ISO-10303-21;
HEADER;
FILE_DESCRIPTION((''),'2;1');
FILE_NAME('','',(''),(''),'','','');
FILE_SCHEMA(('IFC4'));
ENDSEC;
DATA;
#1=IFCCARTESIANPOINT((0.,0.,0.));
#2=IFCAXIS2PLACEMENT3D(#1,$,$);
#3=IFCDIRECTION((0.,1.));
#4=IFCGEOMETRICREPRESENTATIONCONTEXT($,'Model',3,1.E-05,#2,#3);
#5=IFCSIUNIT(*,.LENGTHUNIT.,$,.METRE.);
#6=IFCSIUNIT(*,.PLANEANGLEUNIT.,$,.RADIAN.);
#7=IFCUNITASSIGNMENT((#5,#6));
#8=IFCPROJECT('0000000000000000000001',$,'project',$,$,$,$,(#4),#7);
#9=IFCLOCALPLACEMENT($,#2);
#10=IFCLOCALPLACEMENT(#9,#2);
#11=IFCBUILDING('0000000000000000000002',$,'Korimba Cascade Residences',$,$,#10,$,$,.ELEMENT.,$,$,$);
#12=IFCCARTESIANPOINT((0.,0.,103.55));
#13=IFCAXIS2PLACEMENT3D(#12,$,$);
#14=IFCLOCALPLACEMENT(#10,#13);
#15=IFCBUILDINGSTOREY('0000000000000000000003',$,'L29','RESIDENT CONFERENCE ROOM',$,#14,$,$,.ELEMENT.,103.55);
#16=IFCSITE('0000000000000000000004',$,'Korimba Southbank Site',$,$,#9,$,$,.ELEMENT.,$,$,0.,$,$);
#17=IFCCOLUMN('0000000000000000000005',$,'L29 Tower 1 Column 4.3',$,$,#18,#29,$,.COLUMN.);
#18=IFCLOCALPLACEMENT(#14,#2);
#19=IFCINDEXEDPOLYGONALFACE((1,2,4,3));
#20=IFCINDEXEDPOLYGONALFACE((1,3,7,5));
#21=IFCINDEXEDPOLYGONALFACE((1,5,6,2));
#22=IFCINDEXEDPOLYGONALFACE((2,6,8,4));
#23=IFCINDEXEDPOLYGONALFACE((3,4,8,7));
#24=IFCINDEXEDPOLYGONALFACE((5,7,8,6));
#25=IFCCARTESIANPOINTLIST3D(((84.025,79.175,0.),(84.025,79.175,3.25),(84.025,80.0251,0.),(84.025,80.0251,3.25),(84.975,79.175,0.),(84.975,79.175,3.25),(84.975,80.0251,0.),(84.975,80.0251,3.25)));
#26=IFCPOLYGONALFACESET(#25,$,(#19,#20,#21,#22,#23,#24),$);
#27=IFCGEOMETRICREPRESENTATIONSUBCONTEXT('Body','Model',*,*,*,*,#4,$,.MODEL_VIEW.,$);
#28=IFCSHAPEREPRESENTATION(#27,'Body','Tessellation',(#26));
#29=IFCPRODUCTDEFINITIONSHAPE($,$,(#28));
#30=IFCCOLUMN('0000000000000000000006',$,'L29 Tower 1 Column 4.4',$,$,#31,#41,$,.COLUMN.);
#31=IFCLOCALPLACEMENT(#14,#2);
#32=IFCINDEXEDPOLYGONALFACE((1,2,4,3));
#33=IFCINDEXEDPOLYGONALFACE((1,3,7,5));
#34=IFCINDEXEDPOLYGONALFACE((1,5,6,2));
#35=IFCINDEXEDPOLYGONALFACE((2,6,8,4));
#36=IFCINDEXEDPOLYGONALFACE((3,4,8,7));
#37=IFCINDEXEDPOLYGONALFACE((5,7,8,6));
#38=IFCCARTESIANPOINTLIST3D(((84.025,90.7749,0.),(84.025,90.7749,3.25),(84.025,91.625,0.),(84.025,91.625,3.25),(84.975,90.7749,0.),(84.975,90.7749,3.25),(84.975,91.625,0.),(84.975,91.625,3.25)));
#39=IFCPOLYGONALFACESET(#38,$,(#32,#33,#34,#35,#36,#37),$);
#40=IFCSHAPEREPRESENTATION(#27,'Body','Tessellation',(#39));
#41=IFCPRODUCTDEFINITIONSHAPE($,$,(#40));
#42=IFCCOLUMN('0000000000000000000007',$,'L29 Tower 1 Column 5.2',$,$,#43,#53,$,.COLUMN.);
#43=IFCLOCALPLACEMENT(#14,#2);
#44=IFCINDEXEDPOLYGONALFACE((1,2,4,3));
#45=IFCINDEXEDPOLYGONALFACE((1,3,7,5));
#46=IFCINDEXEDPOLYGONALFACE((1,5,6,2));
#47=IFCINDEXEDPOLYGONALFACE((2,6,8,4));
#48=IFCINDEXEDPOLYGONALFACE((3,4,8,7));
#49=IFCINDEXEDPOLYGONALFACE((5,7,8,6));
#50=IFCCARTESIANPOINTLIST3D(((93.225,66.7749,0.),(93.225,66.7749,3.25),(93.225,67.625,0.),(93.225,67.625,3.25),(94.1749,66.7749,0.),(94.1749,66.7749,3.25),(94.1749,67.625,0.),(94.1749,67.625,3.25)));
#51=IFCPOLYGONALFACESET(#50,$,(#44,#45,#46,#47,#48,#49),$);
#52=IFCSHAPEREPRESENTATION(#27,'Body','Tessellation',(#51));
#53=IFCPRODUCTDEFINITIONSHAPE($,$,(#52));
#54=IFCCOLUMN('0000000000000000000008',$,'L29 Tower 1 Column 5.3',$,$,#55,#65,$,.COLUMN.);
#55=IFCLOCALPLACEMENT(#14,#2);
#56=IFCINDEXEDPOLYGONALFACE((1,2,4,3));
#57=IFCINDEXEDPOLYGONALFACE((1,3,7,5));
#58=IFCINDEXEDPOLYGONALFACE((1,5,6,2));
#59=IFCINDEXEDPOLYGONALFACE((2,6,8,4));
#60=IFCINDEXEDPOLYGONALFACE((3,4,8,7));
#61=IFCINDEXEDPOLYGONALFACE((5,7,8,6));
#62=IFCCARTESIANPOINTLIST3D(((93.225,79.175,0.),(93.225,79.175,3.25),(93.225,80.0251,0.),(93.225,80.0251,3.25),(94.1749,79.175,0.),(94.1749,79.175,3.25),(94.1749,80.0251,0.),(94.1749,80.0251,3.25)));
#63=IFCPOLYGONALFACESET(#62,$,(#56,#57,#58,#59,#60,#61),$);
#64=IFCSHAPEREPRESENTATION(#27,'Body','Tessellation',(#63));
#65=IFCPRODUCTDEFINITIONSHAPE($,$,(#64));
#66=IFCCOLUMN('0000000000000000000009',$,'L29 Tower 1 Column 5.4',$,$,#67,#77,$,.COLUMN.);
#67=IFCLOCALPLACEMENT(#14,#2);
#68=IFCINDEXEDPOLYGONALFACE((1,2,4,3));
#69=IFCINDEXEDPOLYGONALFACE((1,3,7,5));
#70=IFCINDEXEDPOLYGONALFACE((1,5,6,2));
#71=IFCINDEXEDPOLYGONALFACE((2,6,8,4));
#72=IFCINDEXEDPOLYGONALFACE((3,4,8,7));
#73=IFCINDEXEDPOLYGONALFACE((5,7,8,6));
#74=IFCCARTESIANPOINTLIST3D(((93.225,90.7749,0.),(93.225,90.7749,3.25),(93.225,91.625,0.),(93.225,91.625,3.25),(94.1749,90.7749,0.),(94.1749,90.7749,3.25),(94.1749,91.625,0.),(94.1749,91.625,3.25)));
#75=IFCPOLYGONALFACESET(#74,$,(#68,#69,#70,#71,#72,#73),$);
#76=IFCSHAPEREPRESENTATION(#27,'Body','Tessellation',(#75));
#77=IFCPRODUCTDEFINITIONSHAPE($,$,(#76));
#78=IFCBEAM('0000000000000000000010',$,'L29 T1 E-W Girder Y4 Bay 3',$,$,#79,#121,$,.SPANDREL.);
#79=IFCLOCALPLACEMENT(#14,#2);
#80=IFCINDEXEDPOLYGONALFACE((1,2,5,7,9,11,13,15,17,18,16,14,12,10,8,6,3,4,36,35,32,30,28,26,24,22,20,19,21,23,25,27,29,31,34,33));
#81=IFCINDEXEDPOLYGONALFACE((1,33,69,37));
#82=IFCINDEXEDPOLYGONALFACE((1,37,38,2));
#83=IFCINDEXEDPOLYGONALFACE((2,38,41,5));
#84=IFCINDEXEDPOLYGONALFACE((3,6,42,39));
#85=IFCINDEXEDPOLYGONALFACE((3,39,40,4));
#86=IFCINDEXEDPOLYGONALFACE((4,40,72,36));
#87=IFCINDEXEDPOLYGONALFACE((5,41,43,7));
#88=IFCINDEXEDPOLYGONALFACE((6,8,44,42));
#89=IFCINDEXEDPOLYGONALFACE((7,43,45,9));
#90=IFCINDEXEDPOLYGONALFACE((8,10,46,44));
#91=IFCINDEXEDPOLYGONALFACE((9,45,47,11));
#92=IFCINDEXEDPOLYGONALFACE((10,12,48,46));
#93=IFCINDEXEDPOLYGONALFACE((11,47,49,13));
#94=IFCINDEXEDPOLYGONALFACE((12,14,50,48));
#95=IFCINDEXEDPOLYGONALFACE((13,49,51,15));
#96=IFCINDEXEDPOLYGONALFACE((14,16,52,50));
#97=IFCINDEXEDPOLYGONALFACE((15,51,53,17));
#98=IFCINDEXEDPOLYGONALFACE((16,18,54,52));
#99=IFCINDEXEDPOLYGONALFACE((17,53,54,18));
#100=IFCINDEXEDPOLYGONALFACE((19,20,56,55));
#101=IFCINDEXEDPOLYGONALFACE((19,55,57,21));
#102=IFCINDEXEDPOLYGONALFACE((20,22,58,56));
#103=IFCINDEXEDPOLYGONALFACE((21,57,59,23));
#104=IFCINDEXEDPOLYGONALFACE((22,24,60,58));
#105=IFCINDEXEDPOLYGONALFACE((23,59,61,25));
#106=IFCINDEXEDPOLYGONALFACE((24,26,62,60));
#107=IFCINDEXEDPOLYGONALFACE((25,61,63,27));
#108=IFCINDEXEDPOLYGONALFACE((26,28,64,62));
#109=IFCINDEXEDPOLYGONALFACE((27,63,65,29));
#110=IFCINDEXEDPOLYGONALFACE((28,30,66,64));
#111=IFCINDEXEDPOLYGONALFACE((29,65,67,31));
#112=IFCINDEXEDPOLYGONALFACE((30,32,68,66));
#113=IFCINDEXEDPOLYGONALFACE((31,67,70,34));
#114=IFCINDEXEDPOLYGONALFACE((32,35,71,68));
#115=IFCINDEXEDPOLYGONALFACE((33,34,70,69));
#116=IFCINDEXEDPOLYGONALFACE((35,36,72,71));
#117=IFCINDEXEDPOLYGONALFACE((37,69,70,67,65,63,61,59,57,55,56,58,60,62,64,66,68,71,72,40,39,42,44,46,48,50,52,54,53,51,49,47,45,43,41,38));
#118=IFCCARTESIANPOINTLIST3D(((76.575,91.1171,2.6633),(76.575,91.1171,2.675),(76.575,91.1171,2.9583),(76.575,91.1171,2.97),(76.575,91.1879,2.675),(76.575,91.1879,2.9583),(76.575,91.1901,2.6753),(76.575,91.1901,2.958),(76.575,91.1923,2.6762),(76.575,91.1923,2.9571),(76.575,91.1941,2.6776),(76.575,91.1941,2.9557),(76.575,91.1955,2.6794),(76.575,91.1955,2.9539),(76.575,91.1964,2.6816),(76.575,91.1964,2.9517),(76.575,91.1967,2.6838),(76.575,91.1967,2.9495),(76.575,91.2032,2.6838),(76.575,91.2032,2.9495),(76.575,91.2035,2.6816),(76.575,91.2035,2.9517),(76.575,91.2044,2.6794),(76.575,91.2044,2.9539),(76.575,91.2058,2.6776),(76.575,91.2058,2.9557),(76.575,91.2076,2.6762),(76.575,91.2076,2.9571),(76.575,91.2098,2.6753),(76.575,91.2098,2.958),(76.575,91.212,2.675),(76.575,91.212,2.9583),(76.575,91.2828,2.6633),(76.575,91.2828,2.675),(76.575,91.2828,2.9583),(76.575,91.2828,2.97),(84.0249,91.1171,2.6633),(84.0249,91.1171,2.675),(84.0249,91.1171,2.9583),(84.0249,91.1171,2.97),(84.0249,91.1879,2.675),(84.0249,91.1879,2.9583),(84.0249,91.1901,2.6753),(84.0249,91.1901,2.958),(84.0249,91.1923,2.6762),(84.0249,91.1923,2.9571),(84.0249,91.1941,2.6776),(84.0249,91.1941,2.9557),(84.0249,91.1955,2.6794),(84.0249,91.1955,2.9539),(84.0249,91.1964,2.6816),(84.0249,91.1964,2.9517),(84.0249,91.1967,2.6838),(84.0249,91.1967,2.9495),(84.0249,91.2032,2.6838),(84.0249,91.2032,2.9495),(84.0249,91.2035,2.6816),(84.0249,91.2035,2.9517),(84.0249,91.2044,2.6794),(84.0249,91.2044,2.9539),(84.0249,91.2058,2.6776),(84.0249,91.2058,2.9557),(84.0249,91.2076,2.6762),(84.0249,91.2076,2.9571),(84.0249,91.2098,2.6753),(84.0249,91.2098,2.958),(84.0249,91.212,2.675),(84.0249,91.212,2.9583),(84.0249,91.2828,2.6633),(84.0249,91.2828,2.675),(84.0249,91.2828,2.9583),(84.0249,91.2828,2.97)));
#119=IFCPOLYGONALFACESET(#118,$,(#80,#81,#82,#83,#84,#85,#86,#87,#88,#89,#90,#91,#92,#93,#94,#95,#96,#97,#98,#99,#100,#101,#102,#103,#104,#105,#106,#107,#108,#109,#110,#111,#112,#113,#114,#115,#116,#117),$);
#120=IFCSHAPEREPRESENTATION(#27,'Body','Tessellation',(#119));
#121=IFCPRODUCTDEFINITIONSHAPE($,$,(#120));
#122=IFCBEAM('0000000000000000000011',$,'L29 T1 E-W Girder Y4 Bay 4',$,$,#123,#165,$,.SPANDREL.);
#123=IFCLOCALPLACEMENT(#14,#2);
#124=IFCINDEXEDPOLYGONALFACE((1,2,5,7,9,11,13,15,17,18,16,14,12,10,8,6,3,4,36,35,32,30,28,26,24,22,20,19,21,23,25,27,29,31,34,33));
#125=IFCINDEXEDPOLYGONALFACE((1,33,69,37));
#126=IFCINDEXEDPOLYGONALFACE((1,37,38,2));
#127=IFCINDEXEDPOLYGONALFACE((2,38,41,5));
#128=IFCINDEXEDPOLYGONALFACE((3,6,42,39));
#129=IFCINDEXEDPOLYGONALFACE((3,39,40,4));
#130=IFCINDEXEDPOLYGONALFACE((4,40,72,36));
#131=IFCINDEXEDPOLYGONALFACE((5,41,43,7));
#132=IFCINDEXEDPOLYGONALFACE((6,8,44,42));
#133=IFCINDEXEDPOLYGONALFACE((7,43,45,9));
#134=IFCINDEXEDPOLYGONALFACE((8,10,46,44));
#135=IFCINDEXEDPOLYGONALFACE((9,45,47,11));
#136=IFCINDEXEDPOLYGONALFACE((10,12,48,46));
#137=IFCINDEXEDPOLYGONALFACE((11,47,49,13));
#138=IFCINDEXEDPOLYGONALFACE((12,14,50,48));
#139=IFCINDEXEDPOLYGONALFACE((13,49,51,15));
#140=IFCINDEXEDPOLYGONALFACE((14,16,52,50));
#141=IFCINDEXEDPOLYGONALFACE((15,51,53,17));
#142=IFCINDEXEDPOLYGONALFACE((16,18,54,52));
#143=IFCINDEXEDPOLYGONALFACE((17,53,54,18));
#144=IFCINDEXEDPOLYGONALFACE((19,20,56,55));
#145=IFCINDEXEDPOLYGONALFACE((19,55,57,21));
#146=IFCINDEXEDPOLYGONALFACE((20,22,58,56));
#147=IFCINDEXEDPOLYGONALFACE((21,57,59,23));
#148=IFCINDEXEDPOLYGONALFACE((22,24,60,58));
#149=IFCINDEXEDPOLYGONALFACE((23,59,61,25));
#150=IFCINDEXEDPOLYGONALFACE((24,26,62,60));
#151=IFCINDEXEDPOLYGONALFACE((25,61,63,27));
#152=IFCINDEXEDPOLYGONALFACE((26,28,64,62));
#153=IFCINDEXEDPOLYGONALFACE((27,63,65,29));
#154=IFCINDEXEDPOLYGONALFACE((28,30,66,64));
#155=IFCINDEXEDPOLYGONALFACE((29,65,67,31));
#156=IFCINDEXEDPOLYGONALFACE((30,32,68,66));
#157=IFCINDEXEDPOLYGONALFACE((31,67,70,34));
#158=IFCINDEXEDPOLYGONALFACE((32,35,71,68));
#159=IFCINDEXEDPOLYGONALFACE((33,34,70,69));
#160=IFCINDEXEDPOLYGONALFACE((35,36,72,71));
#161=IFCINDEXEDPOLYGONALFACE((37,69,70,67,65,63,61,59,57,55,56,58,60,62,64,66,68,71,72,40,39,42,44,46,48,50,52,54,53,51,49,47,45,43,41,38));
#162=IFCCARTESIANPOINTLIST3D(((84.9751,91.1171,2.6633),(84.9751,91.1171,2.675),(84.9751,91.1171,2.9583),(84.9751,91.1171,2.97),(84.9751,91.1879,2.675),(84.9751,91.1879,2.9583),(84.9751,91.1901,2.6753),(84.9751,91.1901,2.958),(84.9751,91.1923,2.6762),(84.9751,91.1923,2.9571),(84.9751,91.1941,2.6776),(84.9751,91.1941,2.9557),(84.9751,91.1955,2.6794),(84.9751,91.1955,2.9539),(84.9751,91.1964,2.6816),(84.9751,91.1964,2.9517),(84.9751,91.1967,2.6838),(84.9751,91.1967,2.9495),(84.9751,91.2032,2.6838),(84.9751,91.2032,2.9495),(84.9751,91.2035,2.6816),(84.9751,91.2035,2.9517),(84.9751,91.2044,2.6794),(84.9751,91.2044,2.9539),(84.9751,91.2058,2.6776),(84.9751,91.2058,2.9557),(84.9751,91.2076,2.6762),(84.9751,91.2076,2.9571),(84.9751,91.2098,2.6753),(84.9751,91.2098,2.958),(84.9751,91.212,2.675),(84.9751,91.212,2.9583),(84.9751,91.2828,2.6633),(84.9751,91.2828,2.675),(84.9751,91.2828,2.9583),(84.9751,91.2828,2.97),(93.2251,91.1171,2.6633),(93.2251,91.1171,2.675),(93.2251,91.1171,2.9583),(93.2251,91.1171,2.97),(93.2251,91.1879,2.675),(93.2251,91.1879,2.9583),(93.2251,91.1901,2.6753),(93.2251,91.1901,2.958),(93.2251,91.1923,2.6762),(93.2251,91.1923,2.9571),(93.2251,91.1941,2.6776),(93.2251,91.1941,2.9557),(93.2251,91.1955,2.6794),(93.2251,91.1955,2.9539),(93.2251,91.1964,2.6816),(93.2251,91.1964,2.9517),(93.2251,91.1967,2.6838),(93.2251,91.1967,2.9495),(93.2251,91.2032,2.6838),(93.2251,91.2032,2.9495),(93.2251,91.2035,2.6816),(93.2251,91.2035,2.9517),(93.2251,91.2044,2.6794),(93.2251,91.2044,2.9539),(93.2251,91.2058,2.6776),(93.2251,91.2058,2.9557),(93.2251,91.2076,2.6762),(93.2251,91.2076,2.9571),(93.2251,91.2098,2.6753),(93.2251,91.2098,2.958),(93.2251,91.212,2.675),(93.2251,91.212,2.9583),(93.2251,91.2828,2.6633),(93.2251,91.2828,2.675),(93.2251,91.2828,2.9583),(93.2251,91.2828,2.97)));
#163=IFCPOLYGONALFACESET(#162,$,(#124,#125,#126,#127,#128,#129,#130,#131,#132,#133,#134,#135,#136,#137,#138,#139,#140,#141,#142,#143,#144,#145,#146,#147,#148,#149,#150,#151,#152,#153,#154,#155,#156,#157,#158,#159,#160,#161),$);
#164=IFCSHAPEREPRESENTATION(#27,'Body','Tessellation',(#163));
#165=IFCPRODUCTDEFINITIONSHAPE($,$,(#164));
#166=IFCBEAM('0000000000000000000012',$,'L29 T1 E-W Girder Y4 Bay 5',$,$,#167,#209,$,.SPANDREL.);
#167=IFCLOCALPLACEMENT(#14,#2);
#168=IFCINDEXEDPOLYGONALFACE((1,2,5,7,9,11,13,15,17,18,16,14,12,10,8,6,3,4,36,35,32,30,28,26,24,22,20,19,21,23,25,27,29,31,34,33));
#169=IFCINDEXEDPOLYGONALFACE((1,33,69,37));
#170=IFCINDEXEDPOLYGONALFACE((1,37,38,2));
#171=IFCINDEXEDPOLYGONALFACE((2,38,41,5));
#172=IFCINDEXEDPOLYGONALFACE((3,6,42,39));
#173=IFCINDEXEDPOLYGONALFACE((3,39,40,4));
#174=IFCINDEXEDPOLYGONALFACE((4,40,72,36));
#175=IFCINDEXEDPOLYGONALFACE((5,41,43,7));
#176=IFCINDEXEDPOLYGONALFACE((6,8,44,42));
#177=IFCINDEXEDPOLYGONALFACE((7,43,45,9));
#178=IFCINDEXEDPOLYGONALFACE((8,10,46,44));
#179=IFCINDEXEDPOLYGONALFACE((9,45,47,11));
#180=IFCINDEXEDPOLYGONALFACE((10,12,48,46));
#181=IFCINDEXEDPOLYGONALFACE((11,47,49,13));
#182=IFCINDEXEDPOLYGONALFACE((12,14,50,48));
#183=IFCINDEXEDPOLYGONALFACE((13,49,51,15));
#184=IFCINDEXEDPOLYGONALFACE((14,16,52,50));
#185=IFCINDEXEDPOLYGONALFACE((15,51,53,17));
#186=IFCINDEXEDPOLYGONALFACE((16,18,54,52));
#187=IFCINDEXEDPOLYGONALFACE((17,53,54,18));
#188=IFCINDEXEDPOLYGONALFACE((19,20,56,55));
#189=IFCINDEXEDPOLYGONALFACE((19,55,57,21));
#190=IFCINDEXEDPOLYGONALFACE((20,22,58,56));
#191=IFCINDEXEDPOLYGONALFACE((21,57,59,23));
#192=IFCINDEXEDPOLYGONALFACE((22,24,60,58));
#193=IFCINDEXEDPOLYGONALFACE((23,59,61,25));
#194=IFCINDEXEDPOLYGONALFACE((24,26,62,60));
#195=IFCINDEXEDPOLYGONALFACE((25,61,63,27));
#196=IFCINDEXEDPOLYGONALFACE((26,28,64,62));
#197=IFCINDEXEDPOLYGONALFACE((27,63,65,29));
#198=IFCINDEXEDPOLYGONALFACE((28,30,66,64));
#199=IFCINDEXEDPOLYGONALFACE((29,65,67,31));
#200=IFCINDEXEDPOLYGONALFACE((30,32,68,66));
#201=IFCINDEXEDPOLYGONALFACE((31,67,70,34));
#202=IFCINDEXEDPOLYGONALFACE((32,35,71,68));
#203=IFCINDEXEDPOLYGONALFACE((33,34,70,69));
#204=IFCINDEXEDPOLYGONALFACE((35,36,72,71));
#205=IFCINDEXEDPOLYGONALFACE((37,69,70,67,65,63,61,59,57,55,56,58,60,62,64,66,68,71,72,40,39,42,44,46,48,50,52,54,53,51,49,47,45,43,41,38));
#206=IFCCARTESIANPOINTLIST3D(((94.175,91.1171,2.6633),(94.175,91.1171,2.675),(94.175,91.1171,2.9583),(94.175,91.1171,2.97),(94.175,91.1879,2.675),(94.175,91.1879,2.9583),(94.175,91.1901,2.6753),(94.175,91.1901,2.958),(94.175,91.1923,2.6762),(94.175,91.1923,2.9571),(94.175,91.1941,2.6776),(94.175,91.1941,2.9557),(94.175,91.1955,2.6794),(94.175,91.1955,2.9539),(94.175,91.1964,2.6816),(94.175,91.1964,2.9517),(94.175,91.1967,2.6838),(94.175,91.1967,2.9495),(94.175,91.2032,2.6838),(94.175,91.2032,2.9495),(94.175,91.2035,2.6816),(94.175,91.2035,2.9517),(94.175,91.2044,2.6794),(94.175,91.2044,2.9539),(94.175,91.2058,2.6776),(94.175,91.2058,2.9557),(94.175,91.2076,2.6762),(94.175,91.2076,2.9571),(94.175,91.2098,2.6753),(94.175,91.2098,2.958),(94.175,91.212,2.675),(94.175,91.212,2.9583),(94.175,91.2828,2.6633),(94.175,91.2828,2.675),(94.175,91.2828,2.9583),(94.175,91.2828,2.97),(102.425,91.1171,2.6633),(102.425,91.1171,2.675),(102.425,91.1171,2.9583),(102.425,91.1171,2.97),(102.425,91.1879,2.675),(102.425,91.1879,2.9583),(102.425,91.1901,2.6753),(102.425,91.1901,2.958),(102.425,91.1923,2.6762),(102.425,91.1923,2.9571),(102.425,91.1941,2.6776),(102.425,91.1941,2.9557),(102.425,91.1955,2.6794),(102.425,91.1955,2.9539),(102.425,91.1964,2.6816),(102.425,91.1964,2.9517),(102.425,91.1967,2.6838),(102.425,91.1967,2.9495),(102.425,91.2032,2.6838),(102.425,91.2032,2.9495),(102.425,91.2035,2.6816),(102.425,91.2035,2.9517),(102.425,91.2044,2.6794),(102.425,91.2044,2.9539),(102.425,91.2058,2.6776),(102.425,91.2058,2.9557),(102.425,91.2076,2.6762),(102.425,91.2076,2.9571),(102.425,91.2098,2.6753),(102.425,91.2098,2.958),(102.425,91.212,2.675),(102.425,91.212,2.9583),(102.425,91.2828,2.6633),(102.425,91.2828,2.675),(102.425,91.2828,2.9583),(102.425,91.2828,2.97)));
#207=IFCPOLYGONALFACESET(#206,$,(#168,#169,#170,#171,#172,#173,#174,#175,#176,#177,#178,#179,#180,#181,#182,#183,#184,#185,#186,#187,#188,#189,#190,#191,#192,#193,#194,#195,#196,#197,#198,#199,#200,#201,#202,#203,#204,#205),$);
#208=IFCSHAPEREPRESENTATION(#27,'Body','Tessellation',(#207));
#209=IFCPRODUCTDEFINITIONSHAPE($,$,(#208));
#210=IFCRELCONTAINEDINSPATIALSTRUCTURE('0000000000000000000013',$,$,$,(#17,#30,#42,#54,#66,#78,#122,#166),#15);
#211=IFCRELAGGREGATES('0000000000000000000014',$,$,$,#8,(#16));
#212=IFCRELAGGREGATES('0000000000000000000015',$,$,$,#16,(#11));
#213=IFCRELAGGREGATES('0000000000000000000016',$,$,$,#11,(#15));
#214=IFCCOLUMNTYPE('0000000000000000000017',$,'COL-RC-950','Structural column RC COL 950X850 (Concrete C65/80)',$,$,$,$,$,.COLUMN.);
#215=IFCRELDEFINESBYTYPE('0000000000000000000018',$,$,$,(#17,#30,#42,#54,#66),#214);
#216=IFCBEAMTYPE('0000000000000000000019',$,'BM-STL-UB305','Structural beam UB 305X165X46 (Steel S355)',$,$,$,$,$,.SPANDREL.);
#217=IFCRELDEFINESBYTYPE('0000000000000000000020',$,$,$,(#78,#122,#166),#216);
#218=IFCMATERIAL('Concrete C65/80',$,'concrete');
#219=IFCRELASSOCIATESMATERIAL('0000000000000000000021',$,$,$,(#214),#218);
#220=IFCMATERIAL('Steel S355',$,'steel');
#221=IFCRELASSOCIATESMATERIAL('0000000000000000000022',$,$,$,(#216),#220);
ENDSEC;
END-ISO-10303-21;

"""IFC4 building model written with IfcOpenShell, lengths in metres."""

from ifc_helpers import new_model, si_unit, direction, frame, origin, origin_2d, place, context, subcontext, project, spatial, rectangle, i_section, extrude, material, material_profile, profile_set, type_object, element, save


model = new_model("IFC4")

# Units and contexts
model_context = context("Model", 3, precision=1e-05, world=origin(), true_north=direction((0.0, 1.0)))
body_context = subcontext(model_context, "Body", "Model", "MODEL_VIEW")
ifc_project = project(units=[si_unit("LENGTHUNIT", "METRE"), si_unit("PLANEANGLEUNIT", "RADIAN")], contexts=[model_context])

# Site, building, storey
site_placement = place(None, origin())
site = spatial("IfcSite", under=ifc_project, at=site_placement, Name="Korimba Southbank Site", CompositionType="ELEMENT", RefElevation=0.0)
building_placement = place(site_placement, origin())
building = spatial("IfcBuilding", under=site, at=building_placement, Name="Korimba Cascade Residences", CompositionType="ELEMENT")
storey_placement = place(building_placement, frame((0.0, 0.0, 103.55)))
storey = spatial("IfcBuildingStorey", under=building, at=storey_placement, Name="L29", Description="RESIDENT CONFERENCE ROOM", CompositionType="ELEMENT", Elevation=103.55)

# Columns
ifc_material_1 = material(Name="Concrete C65/80", Category="concrete")
ifc_material_profile_1 = material_profile(ifc_material_1, rectangle(XDim=0.95, YDim=0.8501, at=origin_2d()), Name="Concrete C65/80")
ifc_profile_set_1 = profile_set([ifc_material_profile_1], Name="Concrete C65/80")
column_type = type_object("IfcColumnType", Name="COL-RC-950", Description="Structural column RC COL 950X850 (Concrete C65/80)", PredefinedType="COLUMN", material=ifc_profile_set_1)
for number, where, z_axis, x_axis, name in (
    (1, (84.5, 79.6001, 0.0), (0.0, 0.0, 1.0), (1.0, 0.0, 0.0), "L29 Tower 1 Column 4.3"),
    (2, (84.5, 91.2, 0.0), (0.0, 0.0, 1.0), (1.0, 0.0, 0.0), "L29 Tower 1 Column 4.4"),
    (3, (93.7, 67.2, 0.0), (0.0, 0.0, 1.0), (1.0, 0.0, 0.0), "L29 Tower 1 Column 5.2"),
    (4, (93.7, 79.6001, 0.0), (0.0, 0.0, 1.0), (1.0, 0.0, 0.0), "L29 Tower 1 Column 5.3"),
    (5, (93.7, 91.2, 0.0), (0.0, 0.0, 1.0), (1.0, 0.0, 0.0), "L29 Tower 1 Column 5.4"),
):
    element("IfcColumn", number, at=place(storey_placement, frame(where, z_axis=z_axis, x_axis=x_axis)), inside=storey, type_object=column_type, Name=name, PredefinedType="COLUMN", context=body_context, shape_type="SweptSolid", body=[
        extrude(rectangle(XDim=0.95, YDim=0.8501, at=origin_2d()), origin(), (0.0, 0.0, 1.0), 3.25),
    ])

# Beams
ifc_material_2 = material(Name="Steel S355", Category="steel")
ifc_material_profile_2 = material_profile(ifc_material_2, i_section(OverallWidth=0.1658, OverallDepth=0.3066, WebThickness=0.0066, FlangeThickness=0.0117, FilletRadius=0.0088, at=origin_2d()), Name="Steel S355")
ifc_profile_set_2 = profile_set([ifc_material_profile_2], Name="Steel S355")
beam_type_1 = type_object("IfcBeamType", Name="BM-STL-UB305", Description="Structural beam UB 305X165X46 (Steel S355)", PredefinedType="SPANDREL", material=ifc_profile_set_2)
beam_1_placement = place(storey_placement, frame((76.575, 91.2, 2.8167), z_axis=(1.0, 0.0, 0.0), x_axis=(0.0, 1.0, 0.0)))
element("IfcBeam", 6, at=beam_1_placement, inside=storey, type_object=beam_type_1, Name="L29 T1 E-W Girder Y4 Bay 3", PredefinedType="SPANDREL", context=body_context, shape_type="SweptSolid", body=[
    extrude(i_section(OverallWidth=0.1658, OverallDepth=0.3066, WebThickness=0.0066, FlangeThickness=0.0117, FilletRadius=0.0088, at=origin_2d()), origin(), (0.0, 0.0, 1.0), 7.45),
])
for number, where, z_axis, x_axis, name in (
    (7, (84.9751, 91.2, 2.8167), (1.0, 0.0, 0.0), (0.0, 1.0, 0.0), "L29 T1 E-W Girder Y4 Bay 4"),
    (8, (94.175, 91.2, 2.8167), (1.0, 0.0, 0.0), (0.0, 1.0, 0.0), "L29 T1 E-W Girder Y4 Bay 5"),
):
    element("IfcBeam", number, at=place(storey_placement, frame(where, z_axis=z_axis, x_axis=x_axis)), inside=storey, type_object=beam_type_1, Name=name, PredefinedType="SPANDREL", context=body_context, shape_type="SweptSolid", body=[
        extrude(i_section(OverallWidth=0.1658, OverallDepth=0.3066, WebThickness=0.0066, FlangeThickness=0.0117, FilletRadius=0.0088, at=origin_2d()), origin(), (0.0, 0.0, 1.0), 8.25),
    ])

save(model, "model.ifc")
